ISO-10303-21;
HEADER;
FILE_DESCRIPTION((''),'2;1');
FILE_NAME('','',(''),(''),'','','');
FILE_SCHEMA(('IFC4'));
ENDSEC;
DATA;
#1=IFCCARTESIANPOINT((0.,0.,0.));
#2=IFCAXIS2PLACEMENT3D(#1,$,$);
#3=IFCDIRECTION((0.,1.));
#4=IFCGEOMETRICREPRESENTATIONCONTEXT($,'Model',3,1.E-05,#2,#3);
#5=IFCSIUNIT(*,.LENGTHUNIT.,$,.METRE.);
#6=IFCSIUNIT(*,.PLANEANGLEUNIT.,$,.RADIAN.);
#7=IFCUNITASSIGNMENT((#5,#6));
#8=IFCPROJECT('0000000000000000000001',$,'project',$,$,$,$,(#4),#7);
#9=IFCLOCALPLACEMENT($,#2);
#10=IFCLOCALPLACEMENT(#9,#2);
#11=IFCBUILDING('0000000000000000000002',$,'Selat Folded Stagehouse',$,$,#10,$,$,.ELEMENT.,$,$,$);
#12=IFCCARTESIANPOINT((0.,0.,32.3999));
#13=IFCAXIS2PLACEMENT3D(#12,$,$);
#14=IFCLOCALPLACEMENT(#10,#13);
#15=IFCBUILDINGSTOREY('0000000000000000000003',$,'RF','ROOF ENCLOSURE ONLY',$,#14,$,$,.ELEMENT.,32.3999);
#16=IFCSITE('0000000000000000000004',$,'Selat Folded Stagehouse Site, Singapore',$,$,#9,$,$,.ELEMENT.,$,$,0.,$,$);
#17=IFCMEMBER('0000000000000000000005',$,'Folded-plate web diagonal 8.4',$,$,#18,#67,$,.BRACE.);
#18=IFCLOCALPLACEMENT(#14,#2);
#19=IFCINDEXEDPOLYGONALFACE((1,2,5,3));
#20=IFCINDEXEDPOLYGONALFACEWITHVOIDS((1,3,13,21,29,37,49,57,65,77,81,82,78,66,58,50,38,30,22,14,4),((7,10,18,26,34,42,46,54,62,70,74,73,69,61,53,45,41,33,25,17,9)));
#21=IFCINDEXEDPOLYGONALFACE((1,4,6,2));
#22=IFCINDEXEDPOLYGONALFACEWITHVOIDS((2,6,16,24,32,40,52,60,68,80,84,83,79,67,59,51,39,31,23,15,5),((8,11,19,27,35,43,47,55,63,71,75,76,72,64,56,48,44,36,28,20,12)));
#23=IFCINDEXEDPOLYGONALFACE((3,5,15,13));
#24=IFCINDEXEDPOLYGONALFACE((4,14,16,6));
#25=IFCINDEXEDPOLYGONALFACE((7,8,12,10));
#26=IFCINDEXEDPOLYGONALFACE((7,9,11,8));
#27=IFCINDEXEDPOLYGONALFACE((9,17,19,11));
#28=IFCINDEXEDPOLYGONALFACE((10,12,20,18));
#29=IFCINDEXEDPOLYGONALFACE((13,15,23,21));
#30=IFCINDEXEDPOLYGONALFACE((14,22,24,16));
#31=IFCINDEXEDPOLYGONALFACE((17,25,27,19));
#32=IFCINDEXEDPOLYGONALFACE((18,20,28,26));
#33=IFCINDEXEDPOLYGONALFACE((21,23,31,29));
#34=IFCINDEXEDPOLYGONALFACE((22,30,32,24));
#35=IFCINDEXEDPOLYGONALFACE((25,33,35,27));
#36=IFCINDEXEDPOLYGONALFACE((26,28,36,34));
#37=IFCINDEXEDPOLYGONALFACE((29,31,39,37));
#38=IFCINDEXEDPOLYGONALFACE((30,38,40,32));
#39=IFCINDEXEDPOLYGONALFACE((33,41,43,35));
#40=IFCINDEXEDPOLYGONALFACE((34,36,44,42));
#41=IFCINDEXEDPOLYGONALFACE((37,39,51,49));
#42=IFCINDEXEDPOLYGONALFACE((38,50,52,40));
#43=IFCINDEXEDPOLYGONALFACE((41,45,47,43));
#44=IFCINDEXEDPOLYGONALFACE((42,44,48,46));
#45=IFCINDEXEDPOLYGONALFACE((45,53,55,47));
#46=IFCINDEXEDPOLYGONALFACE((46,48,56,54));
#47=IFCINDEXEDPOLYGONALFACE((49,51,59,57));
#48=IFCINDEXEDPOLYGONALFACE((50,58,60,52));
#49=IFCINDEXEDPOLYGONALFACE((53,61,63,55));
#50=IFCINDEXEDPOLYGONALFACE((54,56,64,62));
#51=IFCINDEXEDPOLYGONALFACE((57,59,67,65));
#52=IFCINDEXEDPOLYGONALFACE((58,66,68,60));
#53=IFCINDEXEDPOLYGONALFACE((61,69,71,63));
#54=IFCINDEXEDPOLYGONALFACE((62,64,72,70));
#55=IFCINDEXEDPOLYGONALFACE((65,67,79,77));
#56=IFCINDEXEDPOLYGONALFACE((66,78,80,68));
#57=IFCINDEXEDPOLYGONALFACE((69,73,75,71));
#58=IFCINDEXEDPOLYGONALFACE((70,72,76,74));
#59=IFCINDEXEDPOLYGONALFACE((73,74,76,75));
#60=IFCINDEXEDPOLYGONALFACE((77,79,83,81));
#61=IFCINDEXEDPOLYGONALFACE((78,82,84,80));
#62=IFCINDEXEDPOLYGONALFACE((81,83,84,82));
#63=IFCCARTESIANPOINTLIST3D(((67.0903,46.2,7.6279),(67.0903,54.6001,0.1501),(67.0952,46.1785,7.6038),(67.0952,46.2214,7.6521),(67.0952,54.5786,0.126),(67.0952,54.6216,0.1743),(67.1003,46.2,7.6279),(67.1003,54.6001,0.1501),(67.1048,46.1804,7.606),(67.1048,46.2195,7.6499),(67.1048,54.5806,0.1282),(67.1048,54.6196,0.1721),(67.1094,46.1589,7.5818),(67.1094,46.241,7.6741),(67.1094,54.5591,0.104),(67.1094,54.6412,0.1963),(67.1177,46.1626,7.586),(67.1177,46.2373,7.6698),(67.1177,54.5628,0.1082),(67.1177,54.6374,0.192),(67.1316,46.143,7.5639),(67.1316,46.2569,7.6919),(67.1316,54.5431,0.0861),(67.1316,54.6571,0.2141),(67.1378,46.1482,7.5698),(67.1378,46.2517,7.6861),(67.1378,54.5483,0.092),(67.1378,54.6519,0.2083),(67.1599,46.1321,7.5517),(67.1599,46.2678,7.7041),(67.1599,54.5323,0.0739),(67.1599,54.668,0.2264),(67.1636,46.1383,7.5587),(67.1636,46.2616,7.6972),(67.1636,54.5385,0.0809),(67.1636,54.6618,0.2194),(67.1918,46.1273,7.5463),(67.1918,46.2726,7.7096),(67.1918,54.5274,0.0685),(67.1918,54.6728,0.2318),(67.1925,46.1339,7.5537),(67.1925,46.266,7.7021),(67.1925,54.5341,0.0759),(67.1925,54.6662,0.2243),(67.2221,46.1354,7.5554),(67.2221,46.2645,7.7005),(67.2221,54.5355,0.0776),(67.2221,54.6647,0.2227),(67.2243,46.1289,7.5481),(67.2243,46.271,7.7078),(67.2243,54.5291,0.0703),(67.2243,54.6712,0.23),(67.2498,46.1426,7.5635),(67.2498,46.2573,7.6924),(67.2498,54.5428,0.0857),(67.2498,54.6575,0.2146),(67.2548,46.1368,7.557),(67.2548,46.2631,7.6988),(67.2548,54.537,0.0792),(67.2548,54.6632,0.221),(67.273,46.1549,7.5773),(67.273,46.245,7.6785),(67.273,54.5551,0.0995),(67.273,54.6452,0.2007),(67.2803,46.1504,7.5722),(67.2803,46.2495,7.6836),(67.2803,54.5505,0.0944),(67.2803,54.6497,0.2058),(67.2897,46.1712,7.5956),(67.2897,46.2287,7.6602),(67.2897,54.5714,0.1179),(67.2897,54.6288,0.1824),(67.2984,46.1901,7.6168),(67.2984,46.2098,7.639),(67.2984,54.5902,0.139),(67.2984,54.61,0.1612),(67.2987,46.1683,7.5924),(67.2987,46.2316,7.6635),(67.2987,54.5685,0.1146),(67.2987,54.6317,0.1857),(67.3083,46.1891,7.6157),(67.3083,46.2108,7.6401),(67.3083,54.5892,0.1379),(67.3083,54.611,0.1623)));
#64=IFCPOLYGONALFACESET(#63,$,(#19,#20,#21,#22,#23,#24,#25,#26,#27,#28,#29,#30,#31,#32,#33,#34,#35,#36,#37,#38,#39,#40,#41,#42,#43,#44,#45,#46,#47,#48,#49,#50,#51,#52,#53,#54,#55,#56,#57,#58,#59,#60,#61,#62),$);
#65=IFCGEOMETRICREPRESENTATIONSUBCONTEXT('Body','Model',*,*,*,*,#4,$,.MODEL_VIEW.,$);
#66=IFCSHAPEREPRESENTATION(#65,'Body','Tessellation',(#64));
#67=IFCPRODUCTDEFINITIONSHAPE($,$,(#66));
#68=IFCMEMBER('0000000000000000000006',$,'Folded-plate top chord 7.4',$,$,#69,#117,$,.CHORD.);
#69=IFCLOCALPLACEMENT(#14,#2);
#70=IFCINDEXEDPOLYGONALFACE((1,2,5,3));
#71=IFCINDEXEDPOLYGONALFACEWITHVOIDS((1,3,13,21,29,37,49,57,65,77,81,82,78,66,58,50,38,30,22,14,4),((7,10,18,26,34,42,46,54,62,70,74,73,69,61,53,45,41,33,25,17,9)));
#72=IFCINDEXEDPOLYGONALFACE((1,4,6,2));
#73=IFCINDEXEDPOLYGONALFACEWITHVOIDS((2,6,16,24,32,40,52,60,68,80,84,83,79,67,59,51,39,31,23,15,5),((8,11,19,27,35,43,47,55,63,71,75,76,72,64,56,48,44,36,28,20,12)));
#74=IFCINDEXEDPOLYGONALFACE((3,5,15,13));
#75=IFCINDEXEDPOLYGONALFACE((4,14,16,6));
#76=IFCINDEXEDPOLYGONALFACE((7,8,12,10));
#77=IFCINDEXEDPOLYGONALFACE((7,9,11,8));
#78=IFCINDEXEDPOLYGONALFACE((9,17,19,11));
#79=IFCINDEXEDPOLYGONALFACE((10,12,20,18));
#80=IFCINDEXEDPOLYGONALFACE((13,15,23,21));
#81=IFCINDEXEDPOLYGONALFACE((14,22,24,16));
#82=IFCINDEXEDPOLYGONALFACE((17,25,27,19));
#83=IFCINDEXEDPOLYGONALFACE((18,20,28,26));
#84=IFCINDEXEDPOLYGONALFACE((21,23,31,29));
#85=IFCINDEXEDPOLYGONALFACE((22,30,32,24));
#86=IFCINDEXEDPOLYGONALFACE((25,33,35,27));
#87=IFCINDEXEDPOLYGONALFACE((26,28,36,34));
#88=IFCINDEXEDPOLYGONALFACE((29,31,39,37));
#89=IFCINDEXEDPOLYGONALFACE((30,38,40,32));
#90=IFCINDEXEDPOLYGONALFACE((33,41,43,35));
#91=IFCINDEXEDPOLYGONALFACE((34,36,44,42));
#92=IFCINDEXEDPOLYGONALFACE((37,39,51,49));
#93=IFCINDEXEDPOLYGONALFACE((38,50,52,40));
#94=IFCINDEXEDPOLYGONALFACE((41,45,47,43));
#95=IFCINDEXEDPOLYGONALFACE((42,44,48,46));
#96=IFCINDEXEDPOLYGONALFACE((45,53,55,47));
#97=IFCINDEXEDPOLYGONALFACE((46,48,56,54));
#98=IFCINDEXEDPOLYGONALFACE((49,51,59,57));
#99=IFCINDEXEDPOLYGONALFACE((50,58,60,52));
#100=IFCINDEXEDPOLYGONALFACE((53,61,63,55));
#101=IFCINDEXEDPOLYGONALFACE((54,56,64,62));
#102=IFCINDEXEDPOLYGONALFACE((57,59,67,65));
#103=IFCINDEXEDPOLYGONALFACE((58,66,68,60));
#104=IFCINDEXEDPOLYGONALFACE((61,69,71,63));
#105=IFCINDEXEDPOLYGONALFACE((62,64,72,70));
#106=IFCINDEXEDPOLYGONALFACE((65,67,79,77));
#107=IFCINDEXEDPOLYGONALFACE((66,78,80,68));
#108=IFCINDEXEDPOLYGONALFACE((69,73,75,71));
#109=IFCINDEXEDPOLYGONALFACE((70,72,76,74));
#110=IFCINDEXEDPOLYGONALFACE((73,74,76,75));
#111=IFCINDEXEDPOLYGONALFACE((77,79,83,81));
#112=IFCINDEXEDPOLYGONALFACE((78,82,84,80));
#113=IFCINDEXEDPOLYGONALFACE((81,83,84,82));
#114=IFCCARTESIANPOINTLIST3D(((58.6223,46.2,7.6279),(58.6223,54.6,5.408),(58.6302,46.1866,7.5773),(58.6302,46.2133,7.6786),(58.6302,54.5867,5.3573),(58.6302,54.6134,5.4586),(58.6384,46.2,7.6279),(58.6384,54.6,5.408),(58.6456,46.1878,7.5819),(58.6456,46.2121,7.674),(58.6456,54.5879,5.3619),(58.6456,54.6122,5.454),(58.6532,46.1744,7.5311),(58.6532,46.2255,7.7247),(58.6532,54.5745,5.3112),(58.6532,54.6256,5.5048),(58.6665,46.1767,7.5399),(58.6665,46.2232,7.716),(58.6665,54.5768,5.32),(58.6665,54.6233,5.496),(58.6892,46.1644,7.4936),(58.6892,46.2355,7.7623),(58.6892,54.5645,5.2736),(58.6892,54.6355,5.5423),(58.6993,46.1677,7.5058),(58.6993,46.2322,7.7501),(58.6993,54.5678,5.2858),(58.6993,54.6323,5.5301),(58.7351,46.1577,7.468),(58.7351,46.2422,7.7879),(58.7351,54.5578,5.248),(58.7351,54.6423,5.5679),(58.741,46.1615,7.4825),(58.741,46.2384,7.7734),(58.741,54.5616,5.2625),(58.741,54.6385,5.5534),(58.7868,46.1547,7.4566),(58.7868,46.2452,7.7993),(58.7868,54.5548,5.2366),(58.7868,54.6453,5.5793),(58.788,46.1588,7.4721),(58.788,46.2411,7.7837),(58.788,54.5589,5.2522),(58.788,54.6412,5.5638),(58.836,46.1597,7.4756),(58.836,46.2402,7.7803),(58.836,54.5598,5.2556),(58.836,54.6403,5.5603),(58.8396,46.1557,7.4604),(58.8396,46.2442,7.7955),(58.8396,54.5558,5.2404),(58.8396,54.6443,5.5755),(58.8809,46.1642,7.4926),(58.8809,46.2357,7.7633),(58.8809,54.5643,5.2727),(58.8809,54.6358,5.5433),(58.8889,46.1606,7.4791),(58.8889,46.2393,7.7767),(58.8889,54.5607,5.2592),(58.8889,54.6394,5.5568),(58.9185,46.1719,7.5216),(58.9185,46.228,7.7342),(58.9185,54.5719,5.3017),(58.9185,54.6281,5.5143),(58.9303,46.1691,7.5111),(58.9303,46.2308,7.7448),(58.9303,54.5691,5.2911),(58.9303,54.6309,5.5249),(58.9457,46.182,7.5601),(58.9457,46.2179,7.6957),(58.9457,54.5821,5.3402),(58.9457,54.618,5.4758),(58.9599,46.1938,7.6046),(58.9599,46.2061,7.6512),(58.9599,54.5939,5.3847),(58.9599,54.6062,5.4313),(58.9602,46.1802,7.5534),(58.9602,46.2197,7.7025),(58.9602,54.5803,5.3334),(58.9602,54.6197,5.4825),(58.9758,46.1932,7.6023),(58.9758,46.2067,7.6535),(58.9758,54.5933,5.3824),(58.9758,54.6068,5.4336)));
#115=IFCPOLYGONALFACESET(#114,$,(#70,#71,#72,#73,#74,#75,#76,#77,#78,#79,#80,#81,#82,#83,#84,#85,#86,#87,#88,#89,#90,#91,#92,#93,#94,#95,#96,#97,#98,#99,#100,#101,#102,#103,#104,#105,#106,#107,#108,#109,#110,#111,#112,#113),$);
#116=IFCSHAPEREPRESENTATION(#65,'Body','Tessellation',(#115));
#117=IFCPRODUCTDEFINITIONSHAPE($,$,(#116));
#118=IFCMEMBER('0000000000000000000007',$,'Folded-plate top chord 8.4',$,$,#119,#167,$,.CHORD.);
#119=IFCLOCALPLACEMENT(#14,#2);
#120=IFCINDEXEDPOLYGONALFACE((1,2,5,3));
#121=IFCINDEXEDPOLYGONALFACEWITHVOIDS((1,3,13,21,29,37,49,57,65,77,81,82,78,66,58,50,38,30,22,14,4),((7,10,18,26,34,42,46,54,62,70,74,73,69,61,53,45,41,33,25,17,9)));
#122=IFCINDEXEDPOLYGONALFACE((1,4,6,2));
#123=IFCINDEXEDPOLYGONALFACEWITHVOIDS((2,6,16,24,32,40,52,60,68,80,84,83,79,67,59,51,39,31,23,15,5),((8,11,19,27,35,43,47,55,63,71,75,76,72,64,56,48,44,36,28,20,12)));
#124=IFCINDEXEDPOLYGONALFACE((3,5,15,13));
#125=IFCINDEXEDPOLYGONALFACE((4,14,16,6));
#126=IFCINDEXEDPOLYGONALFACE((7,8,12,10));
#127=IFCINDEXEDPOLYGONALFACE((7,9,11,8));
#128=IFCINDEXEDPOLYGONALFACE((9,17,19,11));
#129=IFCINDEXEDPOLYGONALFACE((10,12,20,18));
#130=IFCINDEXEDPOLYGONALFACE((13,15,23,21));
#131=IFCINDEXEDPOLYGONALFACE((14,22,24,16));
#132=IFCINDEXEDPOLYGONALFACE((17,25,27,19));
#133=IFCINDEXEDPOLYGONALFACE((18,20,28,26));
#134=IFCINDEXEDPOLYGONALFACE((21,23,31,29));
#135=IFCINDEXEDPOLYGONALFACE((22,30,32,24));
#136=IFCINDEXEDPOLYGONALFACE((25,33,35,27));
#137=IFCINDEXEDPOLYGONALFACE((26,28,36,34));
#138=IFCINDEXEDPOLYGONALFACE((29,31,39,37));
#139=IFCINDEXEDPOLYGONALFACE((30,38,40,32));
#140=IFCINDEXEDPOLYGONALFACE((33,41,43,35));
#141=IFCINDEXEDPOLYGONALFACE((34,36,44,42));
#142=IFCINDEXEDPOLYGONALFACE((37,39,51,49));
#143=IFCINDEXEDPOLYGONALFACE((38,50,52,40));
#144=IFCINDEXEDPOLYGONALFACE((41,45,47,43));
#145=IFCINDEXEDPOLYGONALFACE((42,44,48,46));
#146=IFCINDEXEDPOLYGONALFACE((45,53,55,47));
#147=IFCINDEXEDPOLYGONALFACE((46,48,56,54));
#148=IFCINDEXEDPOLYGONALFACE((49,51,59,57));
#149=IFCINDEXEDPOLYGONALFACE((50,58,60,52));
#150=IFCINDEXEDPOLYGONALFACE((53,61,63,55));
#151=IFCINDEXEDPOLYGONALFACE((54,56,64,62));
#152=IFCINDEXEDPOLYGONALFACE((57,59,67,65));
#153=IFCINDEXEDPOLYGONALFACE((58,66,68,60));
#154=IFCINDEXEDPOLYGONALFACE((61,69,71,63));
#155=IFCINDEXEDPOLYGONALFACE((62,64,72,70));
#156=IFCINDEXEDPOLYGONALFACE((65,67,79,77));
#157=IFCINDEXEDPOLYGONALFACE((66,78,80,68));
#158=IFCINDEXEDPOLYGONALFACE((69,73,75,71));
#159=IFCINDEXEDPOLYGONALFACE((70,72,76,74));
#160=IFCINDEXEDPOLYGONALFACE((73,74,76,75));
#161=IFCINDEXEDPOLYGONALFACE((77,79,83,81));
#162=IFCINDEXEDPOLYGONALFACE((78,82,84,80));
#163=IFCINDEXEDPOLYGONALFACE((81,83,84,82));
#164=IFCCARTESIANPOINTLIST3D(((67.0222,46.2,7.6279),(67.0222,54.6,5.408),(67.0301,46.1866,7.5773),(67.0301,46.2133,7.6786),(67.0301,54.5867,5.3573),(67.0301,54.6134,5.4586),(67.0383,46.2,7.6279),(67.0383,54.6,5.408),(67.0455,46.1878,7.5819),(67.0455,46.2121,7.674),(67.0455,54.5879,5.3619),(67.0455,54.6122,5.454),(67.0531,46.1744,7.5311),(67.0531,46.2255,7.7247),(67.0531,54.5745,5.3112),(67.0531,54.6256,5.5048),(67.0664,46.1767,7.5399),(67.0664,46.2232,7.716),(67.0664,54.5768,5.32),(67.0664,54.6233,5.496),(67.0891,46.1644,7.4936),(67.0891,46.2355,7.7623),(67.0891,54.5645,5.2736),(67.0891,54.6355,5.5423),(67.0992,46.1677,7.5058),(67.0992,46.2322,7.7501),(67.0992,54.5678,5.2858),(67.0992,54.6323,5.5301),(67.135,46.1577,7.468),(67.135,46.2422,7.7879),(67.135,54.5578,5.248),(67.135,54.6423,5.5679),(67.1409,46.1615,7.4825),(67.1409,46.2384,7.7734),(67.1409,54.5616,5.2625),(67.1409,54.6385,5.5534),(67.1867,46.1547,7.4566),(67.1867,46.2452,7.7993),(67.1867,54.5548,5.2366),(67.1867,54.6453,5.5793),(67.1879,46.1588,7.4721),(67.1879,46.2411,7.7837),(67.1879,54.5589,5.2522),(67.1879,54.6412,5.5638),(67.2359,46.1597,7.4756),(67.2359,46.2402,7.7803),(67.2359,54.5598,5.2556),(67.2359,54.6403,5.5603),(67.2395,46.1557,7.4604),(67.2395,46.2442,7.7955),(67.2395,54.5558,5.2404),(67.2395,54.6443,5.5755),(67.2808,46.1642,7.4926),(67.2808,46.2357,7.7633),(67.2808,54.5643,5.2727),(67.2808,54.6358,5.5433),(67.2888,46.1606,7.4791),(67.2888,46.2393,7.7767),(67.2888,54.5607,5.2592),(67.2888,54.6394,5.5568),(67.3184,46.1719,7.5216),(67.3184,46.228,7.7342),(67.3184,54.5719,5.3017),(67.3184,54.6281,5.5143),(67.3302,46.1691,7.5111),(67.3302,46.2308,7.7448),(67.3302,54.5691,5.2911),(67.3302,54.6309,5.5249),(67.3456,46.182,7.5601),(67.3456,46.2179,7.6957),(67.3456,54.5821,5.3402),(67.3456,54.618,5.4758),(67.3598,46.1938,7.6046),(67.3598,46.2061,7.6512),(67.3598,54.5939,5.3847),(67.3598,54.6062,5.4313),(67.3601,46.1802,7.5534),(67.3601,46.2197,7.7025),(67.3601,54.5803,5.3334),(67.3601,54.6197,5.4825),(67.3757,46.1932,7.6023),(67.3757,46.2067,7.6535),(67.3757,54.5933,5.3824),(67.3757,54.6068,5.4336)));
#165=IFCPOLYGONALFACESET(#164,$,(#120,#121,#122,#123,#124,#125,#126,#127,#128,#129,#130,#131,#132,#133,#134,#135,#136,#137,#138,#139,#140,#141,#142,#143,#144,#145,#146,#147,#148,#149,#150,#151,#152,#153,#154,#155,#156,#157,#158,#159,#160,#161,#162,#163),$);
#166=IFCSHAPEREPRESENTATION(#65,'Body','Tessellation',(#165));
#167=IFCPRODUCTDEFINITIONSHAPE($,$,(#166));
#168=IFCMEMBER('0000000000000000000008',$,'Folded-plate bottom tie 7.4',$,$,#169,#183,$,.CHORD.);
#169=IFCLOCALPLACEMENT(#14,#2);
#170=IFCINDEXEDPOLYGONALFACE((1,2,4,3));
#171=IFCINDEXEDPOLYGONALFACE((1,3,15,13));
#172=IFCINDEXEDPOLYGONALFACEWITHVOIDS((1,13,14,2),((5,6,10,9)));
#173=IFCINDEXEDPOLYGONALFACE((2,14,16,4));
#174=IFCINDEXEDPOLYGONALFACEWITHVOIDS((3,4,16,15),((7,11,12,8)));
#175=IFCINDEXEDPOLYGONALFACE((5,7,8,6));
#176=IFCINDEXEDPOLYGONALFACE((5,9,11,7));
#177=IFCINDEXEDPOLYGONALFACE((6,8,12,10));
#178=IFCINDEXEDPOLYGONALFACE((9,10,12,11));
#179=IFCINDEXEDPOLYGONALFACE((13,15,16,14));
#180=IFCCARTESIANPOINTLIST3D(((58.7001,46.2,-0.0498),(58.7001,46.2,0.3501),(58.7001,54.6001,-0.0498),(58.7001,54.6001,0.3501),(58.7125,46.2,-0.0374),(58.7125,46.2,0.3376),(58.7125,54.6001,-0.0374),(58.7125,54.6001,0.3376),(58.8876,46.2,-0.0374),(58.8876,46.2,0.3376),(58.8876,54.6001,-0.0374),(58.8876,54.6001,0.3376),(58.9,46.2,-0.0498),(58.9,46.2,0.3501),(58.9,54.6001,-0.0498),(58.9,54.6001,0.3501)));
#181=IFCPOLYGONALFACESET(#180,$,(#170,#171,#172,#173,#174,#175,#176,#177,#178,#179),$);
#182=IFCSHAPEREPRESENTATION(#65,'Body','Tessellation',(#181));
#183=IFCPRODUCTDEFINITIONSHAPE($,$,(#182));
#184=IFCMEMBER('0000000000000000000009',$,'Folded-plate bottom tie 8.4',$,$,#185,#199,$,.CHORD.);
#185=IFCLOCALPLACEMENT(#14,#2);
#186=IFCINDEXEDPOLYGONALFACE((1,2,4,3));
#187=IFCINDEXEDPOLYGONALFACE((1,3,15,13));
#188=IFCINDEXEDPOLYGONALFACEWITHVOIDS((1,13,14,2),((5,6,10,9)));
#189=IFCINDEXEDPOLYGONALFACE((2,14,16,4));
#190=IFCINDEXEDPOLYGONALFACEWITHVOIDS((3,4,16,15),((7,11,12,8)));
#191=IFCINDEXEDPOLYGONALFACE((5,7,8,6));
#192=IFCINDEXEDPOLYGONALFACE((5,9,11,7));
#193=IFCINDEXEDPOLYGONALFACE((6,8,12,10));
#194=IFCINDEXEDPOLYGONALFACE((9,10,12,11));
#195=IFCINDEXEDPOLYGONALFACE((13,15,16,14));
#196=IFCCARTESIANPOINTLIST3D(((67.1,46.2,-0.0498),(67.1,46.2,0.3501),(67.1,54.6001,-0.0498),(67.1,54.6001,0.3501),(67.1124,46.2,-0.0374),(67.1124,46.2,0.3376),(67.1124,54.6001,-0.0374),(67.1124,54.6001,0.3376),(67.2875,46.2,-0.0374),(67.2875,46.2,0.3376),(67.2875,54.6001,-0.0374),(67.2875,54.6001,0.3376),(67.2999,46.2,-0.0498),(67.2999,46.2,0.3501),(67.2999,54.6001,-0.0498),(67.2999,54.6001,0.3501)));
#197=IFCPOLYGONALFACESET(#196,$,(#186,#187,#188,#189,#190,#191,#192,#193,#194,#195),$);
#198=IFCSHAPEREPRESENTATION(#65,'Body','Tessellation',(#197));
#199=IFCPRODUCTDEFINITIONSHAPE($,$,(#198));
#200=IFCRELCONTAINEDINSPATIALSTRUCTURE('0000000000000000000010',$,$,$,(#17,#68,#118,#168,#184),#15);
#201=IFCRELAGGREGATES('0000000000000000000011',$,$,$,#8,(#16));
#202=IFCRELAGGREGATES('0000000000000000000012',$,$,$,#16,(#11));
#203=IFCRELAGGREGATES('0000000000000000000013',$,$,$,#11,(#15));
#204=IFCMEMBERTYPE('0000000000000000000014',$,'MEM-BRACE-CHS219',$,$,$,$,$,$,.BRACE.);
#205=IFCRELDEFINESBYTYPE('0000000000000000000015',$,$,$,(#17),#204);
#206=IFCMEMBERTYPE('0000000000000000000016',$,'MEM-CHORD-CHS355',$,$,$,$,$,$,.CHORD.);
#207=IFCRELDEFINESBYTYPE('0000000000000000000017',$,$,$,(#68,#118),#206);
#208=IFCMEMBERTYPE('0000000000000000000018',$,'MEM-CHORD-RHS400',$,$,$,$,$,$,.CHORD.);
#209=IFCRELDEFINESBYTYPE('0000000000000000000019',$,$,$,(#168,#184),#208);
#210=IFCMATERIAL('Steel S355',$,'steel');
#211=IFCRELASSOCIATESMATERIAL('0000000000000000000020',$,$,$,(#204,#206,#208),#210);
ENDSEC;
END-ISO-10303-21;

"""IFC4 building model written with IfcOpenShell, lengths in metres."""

from ifc_helpers import new_model, si_unit, direction, frame, origin, origin_2d, place, context, subcontext, project, spatial, hollow_rectangle, hollow_circle, extrude, material, material_profile, profile_set, type_object, element, save


model = new_model("IFC4")

# Units and contexts
model_context = context("Model", 3, precision=1e-05, world=origin(), true_north=direction((0.0, 1.0)))
body_context = subcontext(model_context, "Body", "Model", "MODEL_VIEW")
ifc_project = project(units=[si_unit("LENGTHUNIT", "METRE"), si_unit("PLANEANGLEUNIT", "RADIAN")], contexts=[model_context])

# Site, building, storey
site_placement = place(None, origin())
site = spatial("IfcSite", under=ifc_project, at=site_placement, Name="Selat Folded Stagehouse Site, Singapore", CompositionType="ELEMENT", RefElevation=0.0)
building_placement = place(site_placement, origin())
building = spatial("IfcBuilding", under=site, at=building_placement, Name="Selat Folded Stagehouse", CompositionType="ELEMENT")
storey_placement = place(building_placement, frame((0.0, 0.0, 32.3999)))
storey = spatial("IfcBuildingStorey", under=building, at=storey_placement, Name="RF", Description="ROOF ENCLOSURE ONLY", CompositionType="ELEMENT", Elevation=32.3999)

# Shared definitions
ifc_material_1 = material(Name="Steel S355", Category="steel")

# Members
ifc_material_profile_1 = material_profile(ifc_material_1, hollow_circle(Radius=0.1096, WallThickness=0.01, at=origin_2d()), Name="CHS 219.1x10.0")
ifc_profile_set_1 = profile_set([ifc_material_profile_1], Name="Steel S355")
member_type_1 = type_object("IfcMemberType", Name="MEM-BRACE-CHS219", PredefinedType="BRACE", material=ifc_profile_set_1)
for number, where, z_axis, x_axis, name in (
    (1, (67.2, 46.2, 7.6279), (0.0, 0.746924, -0.664909), (-1.0, 0.0, 0.0), "Folded-plate web diagonal 8.4"),
):
    element("IfcMember", number, at=place(storey_placement, frame(where, z_axis=z_axis, x_axis=x_axis)), inside=storey, type_object=member_type_1, Name=name, PredefinedType="BRACE", context=body_context, shape_type="SweptSolid", body=[
        extrude(hollow_circle(Radius=0.1096, WallThickness=0.01, at=origin_2d()), origin(), (0.0, 0.0, 1.0), 11.2463),
    ])
ifc_material_profile_2 = material_profile(ifc_material_1, hollow_circle(Radius=0.1777, WallThickness=0.0161, at=origin_2d()), Name="CHS 355.6x16.0")
ifc_profile_set_2 = profile_set([ifc_material_profile_2], Name="Steel S355")
member_type_2 = type_object("IfcMemberType", Name="MEM-CHORD-CHS355", PredefinedType="CHORD", material=ifc_profile_set_2)
for number, where, z_axis, x_axis, name in (
    (2, (58.8, 46.2, 7.6279), (0.0, 0.966808, -0.255506), (-1.0, 0.0, 0.0), "Folded-plate top chord 7.4"),
    (3, (67.2, 46.2, 7.6279), (0.0, 0.966808, -0.255506), (-1.0, 0.0, 0.0), "Folded-plate top chord 8.4"),
):
    element("IfcMember", number, at=place(storey_placement, frame(where, z_axis=z_axis, x_axis=x_axis)), inside=storey, type_object=member_type_2, Name=name, PredefinedType="CHORD", context=body_context, shape_type="SweptSolid", body=[
        extrude(hollow_circle(Radius=0.1777, WallThickness=0.0161, at=origin_2d()), origin(), (0.0, 0.0, 1.0), 8.6885),
    ])
ifc_material_profile_3 = material_profile(ifc_material_1, hollow_rectangle(XDim=0.2, YDim=0.3999, WallThickness=0.0125, at=origin_2d()), Name="RHS 400x200x12.5")
ifc_profile_set_3 = profile_set([ifc_material_profile_3], Name="Steel S355")
member_type_3 = type_object("IfcMemberType", Name="MEM-CHORD-RHS400", PredefinedType="CHORD", material=ifc_profile_set_3)
for number, where, z_axis, x_axis, name in (
    (4, (58.8, 46.2, 0.1501), (0.0, 1.0, 0.0), (-1.0, 0.0, 0.0), "Folded-plate bottom tie 7.4"),
    (5, (67.2, 46.2, 0.1501), (0.0, 1.0, 0.0), (-1.0, 0.0, 0.0), "Folded-plate bottom tie 8.4"),
):
    element("IfcMember", number, at=place(storey_placement, frame(where, z_axis=z_axis, x_axis=x_axis)), inside=storey, type_object=member_type_3, Name=name, PredefinedType="CHORD", context=body_context, shape_type="SweptSolid", body=[
        extrude(hollow_rectangle(XDim=0.2, YDim=0.3999, WallThickness=0.0125, at=origin_2d()), origin(), (0.0, 0.0, 1.0), 8.4001),
    ])

save(model, "model.ifc")
